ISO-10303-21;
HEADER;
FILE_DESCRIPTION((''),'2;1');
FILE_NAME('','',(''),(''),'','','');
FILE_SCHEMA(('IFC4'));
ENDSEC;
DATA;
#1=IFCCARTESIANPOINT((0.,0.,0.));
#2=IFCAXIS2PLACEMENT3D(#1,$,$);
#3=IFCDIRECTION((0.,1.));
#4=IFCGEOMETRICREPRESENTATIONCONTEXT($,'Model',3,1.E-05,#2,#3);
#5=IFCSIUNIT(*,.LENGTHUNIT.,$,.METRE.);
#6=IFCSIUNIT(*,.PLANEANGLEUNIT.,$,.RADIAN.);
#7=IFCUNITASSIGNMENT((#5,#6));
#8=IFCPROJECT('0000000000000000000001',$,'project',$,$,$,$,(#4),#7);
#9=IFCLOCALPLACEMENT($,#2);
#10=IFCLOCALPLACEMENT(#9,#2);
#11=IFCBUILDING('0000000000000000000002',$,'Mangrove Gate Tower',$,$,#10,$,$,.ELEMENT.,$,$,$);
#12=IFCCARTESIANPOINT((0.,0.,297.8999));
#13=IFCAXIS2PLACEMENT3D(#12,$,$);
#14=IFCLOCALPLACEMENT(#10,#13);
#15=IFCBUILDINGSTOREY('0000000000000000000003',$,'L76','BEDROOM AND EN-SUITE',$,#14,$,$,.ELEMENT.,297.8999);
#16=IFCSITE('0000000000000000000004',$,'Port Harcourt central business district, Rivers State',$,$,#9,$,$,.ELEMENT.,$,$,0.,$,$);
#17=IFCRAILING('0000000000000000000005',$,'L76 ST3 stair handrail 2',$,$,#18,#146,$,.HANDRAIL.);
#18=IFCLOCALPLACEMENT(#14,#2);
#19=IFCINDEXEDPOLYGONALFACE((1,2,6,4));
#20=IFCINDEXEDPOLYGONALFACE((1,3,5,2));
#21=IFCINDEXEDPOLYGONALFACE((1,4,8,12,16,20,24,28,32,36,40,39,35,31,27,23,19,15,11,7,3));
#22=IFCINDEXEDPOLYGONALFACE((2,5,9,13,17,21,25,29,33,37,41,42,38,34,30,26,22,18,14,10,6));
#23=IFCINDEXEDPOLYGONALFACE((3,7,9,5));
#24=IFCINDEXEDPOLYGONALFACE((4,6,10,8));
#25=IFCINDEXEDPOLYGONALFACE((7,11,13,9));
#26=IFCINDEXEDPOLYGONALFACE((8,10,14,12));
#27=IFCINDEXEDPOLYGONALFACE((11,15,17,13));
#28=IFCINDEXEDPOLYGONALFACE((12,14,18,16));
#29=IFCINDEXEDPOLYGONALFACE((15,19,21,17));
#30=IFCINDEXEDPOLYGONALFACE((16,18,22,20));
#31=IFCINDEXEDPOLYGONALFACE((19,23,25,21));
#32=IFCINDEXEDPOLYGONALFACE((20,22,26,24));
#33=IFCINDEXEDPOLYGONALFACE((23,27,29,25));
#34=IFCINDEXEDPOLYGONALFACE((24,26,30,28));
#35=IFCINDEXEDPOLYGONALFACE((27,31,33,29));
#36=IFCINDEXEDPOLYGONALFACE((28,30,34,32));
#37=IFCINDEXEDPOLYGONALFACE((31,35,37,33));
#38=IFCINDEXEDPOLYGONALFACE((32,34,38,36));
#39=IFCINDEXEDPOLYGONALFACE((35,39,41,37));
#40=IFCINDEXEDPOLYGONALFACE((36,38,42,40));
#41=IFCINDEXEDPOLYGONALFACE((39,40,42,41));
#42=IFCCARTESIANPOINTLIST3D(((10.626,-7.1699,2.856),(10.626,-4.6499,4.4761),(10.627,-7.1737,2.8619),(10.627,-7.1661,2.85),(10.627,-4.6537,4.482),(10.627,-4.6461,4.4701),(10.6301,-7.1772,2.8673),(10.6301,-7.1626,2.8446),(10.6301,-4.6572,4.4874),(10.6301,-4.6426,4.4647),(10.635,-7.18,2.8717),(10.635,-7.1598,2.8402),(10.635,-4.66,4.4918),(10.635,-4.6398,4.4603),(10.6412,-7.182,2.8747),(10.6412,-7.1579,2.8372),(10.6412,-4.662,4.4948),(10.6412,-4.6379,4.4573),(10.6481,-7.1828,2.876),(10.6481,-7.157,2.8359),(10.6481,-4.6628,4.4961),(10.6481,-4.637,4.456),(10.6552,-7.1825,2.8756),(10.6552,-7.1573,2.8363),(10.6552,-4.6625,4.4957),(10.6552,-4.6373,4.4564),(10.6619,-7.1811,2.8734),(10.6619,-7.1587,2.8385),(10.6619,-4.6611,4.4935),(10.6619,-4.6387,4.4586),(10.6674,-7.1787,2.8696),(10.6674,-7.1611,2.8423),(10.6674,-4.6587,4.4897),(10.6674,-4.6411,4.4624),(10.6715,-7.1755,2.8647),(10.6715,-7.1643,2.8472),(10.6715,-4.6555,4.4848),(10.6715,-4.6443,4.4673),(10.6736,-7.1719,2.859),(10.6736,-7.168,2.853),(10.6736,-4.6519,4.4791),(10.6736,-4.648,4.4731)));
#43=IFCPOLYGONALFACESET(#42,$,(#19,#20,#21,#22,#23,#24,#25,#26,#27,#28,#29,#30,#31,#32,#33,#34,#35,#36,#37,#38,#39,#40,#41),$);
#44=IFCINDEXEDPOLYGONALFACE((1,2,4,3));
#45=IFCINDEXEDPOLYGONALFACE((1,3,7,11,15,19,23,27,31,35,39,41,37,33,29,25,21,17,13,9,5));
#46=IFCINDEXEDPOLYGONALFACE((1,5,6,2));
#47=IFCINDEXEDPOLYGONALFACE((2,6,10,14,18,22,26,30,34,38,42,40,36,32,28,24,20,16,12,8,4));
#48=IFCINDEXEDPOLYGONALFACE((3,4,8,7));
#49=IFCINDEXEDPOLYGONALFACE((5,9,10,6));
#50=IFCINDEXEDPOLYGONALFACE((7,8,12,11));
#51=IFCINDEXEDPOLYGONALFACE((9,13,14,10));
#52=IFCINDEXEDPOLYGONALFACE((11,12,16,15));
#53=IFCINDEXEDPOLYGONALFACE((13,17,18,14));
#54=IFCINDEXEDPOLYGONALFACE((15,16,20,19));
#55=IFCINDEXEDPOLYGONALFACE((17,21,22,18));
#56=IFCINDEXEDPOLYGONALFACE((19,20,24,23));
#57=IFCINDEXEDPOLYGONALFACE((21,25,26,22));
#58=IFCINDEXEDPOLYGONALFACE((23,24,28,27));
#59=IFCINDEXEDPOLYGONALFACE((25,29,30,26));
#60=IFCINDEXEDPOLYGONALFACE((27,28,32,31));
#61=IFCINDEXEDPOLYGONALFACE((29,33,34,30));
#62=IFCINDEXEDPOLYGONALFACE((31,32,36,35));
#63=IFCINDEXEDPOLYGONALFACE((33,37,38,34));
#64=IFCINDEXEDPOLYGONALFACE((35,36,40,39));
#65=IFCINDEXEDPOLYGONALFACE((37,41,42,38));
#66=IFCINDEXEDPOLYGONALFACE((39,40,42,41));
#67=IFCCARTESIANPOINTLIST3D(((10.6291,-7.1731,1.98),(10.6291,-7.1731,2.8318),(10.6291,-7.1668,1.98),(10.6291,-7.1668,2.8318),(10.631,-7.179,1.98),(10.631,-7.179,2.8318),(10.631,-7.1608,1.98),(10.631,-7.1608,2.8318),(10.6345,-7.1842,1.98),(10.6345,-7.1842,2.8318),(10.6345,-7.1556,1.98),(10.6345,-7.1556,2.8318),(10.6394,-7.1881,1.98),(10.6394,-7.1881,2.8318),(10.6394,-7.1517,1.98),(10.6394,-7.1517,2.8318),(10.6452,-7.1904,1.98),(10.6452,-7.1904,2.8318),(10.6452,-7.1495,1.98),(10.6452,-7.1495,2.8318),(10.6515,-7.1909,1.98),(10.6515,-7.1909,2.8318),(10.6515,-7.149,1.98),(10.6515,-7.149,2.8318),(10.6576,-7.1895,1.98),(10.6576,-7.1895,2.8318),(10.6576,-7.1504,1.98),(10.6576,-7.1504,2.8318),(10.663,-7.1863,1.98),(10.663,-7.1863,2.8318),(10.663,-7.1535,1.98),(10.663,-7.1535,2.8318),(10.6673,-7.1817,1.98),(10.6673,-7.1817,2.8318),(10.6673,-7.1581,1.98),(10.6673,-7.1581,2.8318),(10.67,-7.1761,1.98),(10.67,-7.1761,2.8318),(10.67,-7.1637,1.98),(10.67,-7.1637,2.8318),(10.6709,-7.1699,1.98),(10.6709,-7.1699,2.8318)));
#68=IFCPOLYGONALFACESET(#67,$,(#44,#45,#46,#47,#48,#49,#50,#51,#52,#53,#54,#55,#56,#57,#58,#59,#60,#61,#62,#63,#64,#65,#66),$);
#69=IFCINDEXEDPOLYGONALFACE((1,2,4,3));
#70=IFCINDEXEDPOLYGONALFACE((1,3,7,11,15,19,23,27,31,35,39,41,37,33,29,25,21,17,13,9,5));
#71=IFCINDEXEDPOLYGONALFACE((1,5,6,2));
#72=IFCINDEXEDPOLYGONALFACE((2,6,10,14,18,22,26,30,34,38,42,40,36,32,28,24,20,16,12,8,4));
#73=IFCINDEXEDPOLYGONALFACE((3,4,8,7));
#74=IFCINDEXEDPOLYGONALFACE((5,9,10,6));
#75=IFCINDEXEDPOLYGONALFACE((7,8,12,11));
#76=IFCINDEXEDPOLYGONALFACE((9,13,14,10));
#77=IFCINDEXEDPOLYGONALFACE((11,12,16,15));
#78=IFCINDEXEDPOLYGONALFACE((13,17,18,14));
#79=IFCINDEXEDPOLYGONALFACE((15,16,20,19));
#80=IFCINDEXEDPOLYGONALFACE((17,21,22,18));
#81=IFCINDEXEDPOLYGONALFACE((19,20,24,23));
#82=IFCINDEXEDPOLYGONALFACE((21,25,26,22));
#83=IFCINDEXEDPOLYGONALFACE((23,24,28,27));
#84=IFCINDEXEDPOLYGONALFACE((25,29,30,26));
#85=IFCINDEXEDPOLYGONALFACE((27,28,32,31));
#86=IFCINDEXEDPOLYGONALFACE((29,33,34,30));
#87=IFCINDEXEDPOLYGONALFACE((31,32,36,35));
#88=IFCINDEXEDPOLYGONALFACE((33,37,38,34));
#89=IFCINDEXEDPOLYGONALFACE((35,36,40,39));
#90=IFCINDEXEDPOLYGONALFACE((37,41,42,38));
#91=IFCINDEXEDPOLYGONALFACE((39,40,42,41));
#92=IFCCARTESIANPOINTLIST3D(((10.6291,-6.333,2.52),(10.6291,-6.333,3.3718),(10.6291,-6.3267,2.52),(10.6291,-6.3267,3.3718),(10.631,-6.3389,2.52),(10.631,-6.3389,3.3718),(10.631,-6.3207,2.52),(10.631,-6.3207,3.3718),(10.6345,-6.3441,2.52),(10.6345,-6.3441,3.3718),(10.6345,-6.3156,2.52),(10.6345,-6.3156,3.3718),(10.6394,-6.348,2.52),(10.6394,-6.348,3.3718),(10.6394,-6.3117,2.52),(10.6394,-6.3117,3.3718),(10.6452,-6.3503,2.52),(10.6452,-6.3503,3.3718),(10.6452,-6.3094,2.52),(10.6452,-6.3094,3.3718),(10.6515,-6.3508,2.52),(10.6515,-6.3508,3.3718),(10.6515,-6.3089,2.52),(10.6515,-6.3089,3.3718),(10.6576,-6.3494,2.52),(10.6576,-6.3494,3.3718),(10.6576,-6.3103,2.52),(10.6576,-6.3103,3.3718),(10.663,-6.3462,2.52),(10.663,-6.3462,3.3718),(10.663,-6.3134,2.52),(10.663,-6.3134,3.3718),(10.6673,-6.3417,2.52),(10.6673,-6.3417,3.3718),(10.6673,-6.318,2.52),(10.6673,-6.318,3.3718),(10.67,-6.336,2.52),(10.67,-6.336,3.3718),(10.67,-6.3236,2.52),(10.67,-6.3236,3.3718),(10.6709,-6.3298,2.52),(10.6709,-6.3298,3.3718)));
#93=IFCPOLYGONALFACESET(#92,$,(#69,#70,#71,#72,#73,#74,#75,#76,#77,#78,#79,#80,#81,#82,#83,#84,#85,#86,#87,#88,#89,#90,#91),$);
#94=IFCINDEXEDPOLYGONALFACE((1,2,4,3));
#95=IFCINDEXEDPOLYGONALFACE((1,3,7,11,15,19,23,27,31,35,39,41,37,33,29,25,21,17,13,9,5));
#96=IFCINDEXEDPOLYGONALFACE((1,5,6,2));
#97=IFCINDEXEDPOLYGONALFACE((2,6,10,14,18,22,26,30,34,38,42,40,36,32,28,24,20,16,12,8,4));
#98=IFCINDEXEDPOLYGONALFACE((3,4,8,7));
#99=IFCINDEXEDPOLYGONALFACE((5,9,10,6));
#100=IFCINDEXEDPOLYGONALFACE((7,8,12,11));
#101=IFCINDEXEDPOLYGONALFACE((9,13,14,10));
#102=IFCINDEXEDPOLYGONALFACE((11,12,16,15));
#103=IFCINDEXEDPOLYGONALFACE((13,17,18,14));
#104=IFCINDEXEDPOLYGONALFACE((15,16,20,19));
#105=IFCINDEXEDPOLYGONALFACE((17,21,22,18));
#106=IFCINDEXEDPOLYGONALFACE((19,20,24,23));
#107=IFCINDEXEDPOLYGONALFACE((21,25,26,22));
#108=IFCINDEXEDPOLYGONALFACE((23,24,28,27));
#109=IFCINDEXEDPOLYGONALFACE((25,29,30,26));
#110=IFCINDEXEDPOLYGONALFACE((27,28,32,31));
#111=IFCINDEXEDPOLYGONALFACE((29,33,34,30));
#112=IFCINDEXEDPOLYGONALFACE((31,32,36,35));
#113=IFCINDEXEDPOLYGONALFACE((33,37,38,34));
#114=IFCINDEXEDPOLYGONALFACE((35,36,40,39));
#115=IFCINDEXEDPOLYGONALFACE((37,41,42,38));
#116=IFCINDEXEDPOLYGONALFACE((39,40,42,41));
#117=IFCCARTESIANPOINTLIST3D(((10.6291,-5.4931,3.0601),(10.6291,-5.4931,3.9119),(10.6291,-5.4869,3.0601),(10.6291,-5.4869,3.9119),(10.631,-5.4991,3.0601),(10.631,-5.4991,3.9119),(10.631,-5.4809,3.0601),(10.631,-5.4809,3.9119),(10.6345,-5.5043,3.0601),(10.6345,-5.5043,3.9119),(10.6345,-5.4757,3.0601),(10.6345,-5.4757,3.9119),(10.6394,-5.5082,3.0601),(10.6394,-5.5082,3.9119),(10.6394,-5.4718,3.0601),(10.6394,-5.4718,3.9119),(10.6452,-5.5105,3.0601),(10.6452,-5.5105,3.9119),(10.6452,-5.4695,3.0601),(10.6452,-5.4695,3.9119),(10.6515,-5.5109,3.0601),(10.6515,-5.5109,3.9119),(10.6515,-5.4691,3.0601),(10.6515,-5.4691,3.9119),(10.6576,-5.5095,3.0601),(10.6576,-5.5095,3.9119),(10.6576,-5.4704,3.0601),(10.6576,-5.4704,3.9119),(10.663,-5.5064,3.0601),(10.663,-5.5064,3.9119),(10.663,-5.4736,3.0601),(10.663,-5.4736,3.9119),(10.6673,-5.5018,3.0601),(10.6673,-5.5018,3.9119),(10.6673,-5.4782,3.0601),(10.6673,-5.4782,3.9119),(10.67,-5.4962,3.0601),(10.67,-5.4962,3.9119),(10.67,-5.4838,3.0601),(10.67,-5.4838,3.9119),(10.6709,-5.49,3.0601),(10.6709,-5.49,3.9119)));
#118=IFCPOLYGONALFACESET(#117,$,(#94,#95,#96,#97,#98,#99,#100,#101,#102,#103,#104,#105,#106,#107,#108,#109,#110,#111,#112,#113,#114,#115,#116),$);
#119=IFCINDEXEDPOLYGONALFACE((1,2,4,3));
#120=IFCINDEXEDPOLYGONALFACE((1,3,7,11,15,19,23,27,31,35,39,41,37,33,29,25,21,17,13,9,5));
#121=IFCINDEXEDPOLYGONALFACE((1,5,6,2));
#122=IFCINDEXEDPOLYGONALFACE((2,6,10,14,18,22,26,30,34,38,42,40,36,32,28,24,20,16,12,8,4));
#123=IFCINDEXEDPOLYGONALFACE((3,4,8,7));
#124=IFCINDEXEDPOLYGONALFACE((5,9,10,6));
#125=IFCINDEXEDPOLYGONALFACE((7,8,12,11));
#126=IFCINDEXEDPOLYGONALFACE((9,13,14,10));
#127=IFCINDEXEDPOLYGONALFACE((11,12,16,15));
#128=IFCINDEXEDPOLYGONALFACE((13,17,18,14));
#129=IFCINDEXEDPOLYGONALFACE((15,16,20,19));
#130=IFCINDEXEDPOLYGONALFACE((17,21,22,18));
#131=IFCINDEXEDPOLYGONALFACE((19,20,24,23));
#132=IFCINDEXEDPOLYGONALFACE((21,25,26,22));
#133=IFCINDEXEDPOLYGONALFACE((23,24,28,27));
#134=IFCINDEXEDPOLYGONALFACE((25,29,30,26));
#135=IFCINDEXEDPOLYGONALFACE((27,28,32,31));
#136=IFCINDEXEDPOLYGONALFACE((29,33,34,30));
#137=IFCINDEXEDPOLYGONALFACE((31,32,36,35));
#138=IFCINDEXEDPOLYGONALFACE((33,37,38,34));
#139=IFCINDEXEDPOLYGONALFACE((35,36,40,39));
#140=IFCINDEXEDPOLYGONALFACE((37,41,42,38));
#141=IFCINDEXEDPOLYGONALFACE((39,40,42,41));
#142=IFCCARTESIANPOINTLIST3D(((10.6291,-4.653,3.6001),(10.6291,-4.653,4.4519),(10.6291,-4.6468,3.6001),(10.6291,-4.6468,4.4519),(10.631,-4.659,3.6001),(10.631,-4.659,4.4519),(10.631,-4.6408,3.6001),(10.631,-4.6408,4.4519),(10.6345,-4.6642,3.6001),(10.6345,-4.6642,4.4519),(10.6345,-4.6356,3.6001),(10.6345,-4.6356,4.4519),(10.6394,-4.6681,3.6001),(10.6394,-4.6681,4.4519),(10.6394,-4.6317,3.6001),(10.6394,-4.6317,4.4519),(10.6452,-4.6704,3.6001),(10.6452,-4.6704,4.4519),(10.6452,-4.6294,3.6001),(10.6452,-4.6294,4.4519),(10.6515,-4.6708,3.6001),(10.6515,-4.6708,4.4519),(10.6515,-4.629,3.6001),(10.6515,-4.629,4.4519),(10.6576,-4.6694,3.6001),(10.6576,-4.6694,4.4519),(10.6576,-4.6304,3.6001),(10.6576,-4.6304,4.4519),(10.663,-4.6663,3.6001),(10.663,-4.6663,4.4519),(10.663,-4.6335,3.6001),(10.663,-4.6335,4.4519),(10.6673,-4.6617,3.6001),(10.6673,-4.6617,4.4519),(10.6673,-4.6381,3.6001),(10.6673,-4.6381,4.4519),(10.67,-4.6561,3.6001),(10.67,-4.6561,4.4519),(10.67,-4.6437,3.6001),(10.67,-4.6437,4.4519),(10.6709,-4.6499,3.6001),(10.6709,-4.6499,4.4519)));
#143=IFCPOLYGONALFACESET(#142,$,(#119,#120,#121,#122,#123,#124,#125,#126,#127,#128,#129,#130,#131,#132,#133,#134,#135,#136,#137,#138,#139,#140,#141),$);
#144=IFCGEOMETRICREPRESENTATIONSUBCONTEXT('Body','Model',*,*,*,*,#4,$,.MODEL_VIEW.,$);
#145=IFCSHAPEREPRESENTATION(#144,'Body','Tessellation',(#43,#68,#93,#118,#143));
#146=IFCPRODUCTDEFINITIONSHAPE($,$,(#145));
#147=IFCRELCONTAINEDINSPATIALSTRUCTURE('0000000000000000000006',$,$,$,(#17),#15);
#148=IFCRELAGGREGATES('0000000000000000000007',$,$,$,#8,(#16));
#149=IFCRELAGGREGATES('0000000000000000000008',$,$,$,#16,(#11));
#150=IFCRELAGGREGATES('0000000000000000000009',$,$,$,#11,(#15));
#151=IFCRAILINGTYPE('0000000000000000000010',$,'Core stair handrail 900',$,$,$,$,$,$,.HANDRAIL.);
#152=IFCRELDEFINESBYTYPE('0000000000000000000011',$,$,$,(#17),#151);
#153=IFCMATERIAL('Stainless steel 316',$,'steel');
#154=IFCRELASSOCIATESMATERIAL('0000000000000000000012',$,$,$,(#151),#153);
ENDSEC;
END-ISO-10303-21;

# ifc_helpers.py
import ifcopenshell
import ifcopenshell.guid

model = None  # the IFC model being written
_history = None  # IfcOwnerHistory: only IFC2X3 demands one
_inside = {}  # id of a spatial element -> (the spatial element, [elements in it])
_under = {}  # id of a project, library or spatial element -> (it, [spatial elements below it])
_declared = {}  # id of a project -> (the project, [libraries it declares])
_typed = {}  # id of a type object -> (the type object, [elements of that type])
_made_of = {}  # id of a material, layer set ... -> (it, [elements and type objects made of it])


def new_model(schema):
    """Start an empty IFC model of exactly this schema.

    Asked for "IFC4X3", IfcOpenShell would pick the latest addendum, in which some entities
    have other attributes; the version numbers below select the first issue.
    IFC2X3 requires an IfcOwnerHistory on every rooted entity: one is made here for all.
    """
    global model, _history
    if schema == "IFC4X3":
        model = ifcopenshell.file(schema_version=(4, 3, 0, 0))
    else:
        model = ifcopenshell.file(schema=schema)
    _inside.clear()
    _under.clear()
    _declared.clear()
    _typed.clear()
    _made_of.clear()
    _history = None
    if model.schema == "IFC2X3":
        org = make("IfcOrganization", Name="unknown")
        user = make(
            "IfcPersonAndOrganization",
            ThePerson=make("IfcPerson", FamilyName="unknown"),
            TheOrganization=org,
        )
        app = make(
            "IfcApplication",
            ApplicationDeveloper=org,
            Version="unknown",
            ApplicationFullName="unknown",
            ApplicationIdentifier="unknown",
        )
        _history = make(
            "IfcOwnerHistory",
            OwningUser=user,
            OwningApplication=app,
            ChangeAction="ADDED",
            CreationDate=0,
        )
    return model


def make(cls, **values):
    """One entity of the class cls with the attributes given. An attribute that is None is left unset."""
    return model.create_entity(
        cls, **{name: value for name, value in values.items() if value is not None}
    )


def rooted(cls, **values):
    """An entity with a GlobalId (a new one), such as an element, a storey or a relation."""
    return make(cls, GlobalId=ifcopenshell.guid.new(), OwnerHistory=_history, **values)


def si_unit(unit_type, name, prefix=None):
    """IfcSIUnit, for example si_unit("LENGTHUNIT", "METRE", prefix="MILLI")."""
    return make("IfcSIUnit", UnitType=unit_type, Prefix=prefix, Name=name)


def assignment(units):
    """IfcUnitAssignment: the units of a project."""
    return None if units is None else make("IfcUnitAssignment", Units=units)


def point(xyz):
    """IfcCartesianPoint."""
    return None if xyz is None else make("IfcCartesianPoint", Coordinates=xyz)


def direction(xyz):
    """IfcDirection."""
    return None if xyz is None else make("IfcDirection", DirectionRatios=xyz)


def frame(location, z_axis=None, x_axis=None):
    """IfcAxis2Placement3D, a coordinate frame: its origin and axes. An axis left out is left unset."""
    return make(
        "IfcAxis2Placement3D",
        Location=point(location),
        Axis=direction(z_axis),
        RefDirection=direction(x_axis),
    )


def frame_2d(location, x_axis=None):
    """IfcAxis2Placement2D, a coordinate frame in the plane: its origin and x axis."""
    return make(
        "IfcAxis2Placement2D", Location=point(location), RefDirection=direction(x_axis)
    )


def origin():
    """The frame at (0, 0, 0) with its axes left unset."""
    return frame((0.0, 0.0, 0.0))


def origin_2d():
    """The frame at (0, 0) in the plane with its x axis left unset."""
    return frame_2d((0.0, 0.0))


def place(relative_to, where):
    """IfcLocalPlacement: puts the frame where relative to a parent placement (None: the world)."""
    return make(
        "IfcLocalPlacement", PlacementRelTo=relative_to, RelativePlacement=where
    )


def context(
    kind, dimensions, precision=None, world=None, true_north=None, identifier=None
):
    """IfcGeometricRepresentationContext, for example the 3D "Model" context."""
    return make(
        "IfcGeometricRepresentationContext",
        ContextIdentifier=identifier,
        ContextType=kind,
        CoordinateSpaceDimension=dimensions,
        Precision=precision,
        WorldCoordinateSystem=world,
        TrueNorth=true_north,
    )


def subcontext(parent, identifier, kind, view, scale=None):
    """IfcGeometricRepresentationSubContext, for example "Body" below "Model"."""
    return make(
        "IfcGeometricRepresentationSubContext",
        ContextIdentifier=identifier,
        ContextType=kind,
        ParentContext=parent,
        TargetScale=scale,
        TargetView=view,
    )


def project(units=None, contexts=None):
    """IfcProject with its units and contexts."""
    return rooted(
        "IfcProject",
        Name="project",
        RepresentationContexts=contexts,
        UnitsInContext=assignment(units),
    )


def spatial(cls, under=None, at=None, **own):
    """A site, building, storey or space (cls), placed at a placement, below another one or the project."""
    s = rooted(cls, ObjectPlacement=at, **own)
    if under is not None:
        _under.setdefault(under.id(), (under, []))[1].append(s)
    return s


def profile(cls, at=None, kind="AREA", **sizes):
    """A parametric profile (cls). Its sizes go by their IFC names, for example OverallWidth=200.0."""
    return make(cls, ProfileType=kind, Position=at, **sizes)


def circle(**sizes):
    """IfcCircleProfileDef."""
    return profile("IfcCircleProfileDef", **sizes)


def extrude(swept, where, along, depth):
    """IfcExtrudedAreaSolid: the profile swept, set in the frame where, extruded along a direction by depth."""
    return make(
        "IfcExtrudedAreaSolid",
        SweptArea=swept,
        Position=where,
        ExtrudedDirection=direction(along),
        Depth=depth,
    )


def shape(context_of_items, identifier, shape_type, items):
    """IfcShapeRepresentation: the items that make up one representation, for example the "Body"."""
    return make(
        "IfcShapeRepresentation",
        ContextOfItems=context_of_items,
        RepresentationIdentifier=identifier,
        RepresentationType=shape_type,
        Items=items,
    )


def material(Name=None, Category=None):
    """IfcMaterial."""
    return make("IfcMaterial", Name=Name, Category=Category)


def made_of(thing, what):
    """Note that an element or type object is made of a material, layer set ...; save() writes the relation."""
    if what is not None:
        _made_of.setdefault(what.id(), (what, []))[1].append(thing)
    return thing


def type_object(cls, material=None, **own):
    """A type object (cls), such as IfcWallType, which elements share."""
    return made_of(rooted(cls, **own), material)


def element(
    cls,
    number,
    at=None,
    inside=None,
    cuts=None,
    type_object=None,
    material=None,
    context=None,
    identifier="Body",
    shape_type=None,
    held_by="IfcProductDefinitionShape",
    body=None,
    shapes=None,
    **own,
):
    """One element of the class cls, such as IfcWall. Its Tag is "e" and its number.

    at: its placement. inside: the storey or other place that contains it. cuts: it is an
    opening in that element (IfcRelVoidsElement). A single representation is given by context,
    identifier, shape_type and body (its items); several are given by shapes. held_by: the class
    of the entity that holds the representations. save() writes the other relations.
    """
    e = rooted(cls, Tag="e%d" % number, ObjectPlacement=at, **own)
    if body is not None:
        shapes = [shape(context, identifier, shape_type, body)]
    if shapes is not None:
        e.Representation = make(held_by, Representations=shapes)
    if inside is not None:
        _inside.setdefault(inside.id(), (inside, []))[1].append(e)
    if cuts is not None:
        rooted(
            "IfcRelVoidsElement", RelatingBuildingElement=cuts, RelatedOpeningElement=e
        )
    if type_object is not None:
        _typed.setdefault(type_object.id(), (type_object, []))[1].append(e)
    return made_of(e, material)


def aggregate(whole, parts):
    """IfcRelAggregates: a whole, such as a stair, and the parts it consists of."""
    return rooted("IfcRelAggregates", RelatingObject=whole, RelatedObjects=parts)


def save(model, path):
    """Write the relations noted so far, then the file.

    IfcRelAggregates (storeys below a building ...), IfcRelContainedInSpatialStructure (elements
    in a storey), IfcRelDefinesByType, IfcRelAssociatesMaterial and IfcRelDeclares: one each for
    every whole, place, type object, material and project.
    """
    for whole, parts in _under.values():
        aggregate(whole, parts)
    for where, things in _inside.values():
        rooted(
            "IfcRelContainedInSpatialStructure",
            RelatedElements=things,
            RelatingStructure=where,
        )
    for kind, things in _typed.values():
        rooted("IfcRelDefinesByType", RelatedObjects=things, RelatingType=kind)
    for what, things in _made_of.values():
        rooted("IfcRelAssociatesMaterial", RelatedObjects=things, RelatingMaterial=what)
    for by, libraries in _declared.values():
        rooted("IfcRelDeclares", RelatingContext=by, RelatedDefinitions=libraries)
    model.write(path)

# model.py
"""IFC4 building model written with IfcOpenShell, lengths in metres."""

from ifc_helpers import new_model, si_unit, direction, frame, origin, origin_2d, place, context, subcontext, project, spatial, circle, extrude, material, type_object, element, save


model = new_model("IFC4")

# Units and contexts
model_context = context("Model", 3, precision=1e-05, world=origin(), true_north=direction((0.0, 1.0)))
body_context = subcontext(model_context, "Body", "Model", "MODEL_VIEW")
ifc_project = project(units=[si_unit("LENGTHUNIT", "METRE"), si_unit("PLANEANGLEUNIT", "RADIAN")], contexts=[model_context])

# Site, building, storey
site_placement = place(None, origin())
site = spatial("IfcSite", under=ifc_project, at=site_placement, Name="Port Harcourt central business district, Rivers State", CompositionType="ELEMENT", RefElevation=0.0)
building_placement = place(site_placement, origin())
building = spatial("IfcBuilding", under=site, at=building_placement, Name="Mangrove Gate Tower", CompositionType="ELEMENT")
storey_placement = place(building_placement, frame((0.0, 0.0, 297.8999)))
storey = spatial("IfcBuildingStorey", under=building, at=storey_placement, Name="L76", Description="BEDROOM AND EN-SUITE", CompositionType="ELEMENT", Elevation=297.8999)

# Railing
ifc_material_1 = material(Name="Stainless steel 316", Category="steel")
railing_type_1 = type_object("IfcRailingType", Name="Core stair handrail 900", PredefinedType="HANDRAIL", material=ifc_material_1)
railing_1_placement = place(storey_placement, frame((10.6499, -7.1699, 1.98)))
element("IfcRailing", 1, at=railing_1_placement, inside=storey, type_object=railing_type_1, Name="L76 ST3 stair handrail 2", PredefinedType="HANDRAIL", context=body_context, shape_type="SweptSolid", body=[
    extrude(circle(Radius=0.0239, at=origin_2d()), frame((0.0, 0.0, 0.876), z_axis=(0.0, 0.841163, 0.540782), x_axis=(-1.0, 0.0, 0.0)), (0.0, 0.0, 1.0), 2.9958),
    extrude(circle(Radius=0.021, at=origin_2d()), origin(), (0.0, 0.0, 1.0), 0.8518),
    extrude(circle(Radius=0.021, at=origin_2d()), frame((0.0, 0.8401, 0.54)), (0.0, 0.0, 1.0), 0.8518),
    extrude(circle(Radius=0.021, at=origin_2d()), frame((0.0, 1.6799, 1.0801)), (0.0, 0.0, 1.0), 0.8518),
    extrude(circle(Radius=0.021, at=origin_2d()), frame((0.0, 2.52, 1.6201)), (0.0, 0.0, 1.0), 0.8518),
])

save(model, "model.ifc")
